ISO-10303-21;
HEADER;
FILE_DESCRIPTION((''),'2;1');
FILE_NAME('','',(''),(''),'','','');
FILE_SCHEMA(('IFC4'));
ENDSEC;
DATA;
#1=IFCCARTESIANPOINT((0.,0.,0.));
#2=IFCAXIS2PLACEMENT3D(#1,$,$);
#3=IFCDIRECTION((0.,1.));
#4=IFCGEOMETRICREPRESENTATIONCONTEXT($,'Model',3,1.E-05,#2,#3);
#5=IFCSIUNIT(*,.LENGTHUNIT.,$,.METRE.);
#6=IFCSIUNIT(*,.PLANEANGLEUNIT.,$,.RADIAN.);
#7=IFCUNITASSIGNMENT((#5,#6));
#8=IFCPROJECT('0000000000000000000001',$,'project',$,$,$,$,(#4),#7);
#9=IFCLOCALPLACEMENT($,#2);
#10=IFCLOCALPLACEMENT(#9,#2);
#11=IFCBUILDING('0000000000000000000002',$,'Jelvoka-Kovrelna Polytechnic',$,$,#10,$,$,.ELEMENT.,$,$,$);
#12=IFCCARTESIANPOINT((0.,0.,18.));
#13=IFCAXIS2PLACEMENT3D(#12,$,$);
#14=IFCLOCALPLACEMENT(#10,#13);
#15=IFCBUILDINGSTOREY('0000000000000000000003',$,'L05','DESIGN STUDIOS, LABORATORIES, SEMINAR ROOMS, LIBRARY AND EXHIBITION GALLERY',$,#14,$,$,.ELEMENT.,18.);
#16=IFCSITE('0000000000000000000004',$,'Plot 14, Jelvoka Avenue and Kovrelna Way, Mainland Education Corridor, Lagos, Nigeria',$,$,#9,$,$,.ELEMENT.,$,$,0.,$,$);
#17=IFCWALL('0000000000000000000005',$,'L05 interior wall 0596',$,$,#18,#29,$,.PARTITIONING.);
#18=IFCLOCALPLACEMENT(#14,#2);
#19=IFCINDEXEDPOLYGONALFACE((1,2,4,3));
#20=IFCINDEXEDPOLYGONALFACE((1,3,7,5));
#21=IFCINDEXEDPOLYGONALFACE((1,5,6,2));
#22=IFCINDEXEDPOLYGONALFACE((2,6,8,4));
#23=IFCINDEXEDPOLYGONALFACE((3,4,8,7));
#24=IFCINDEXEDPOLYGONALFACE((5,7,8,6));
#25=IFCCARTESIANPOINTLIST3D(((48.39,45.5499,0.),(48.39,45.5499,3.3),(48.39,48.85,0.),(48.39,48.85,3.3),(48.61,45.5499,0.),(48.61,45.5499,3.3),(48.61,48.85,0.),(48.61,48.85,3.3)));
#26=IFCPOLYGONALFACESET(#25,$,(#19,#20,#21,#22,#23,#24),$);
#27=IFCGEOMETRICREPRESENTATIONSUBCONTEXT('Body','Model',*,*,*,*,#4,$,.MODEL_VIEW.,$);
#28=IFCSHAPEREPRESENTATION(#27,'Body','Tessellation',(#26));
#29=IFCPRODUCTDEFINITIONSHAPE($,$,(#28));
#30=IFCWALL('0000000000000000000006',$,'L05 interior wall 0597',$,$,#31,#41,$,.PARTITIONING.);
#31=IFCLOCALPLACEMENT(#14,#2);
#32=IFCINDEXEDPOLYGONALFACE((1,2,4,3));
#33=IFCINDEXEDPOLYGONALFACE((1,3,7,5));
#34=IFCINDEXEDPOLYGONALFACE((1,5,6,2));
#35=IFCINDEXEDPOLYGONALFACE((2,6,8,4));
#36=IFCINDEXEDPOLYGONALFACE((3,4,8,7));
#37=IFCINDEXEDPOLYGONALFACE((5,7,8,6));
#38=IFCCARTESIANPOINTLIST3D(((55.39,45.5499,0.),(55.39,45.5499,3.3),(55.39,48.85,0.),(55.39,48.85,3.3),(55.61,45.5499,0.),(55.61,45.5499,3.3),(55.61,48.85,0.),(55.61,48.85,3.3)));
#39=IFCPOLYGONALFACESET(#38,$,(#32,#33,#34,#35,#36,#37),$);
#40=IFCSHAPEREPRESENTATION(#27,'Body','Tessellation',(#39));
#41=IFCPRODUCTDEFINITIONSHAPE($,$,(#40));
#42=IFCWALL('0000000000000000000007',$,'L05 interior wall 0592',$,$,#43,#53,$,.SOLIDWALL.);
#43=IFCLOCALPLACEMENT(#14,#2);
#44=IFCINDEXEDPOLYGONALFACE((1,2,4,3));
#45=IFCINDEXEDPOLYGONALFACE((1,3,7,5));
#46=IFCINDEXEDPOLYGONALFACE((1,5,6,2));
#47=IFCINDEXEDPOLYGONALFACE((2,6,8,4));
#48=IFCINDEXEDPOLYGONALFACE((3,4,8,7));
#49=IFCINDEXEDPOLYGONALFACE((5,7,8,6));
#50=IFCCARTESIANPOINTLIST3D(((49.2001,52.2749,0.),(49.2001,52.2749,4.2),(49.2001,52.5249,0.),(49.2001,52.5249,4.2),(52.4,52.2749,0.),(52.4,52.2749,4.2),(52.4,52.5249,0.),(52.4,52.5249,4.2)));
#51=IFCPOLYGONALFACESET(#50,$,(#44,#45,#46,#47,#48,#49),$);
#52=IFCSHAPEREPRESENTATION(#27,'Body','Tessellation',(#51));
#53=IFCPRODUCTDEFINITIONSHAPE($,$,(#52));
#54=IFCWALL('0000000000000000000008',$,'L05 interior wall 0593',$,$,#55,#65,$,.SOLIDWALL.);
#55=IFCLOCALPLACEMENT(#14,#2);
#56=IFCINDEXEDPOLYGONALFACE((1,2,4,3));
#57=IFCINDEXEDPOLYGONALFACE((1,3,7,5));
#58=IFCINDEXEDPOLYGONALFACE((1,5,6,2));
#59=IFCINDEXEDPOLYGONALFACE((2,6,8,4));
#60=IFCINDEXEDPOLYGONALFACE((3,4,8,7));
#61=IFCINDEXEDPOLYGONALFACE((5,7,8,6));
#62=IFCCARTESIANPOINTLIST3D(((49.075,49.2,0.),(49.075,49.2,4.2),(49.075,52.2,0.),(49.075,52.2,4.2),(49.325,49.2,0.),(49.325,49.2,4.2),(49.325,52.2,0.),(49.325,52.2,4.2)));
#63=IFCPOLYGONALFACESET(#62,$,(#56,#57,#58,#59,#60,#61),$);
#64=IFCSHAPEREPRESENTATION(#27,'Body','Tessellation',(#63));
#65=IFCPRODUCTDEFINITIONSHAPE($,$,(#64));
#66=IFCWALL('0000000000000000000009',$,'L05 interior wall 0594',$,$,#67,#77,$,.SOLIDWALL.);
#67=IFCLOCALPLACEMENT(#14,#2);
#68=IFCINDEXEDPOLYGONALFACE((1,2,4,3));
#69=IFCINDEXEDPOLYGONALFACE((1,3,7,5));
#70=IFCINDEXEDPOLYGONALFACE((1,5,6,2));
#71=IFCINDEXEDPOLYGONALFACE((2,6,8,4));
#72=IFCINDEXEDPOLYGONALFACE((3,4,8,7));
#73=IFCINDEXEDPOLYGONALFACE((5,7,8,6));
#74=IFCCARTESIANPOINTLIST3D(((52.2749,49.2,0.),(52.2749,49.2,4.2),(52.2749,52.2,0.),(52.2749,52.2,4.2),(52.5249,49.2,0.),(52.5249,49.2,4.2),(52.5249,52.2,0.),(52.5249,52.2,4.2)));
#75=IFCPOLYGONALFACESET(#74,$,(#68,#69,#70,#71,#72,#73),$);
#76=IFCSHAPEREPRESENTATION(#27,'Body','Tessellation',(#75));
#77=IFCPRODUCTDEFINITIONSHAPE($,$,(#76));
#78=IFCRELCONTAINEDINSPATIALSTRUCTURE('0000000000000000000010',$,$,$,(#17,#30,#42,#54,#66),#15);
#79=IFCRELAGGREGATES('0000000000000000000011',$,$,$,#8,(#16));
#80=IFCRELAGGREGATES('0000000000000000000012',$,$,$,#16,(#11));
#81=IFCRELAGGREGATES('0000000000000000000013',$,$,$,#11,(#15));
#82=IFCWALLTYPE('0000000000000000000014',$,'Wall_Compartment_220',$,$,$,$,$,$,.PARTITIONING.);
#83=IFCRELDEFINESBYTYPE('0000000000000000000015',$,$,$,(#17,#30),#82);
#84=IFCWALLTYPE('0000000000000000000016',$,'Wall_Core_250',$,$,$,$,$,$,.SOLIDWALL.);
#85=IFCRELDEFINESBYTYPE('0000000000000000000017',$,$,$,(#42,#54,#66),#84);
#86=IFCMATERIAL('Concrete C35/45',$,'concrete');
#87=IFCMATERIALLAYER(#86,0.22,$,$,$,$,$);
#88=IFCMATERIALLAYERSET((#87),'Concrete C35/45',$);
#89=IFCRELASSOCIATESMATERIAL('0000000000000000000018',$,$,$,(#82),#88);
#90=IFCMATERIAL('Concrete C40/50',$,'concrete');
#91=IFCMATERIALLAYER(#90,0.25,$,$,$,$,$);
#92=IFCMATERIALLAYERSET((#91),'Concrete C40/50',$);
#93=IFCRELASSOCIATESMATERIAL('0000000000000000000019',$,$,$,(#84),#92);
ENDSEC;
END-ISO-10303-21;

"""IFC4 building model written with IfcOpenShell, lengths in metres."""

from ifc_helpers import new_model, si_unit, direction, frame, frame_2d, origin, place, context, subcontext, project, spatial, rectangle, extrude, material, layer, layer_set, type_object, element, save


model = new_model("IFC4")

# Units and contexts
model_context = context("Model", 3, precision=1e-05, world=origin(), true_north=direction((0.0, 1.0)))
body_context = subcontext(model_context, "Body", "Model", "MODEL_VIEW")
ifc_project = project(units=[si_unit("LENGTHUNIT", "METRE"), si_unit("PLANEANGLEUNIT", "RADIAN")], contexts=[model_context])

# Site, building, storey
site_placement = place(None, origin())
site = spatial("IfcSite", under=ifc_project, at=site_placement, Name="Plot 14, Jelvoka Avenue and Kovrelna Way, Mainland Education Corridor, Lagos, Nigeria", CompositionType="ELEMENT", RefElevation=0.0)
building_placement = place(site_placement, origin())
building = spatial("IfcBuilding", under=site, at=building_placement, Name="Jelvoka-Kovrelna Polytechnic", CompositionType="ELEMENT")
storey_placement = place(building_placement, frame((0.0, 0.0, 18.0)))
storey = spatial("IfcBuildingStorey", under=building, at=storey_placement, Name="L05", Description="DESIGN STUDIOS, LABORATORIES, SEMINAR ROOMS, LIBRARY AND EXHIBITION GALLERY", CompositionType="ELEMENT", Elevation=18.0)

# Shared definitions
ifc_material_1 = material(Name="Concrete C35/45", Category="concrete")
ifc_layer_1 = layer(ifc_material_1, 0.22)
ifc_layer_set_1 = layer_set([ifc_layer_1], Name="Concrete C35/45")
wall_type_1 = type_object("IfcWallType", Name="Wall_Compartment_220", PredefinedType="PARTITIONING", material=ifc_layer_set_1)

# Walls
for number, where, z_axis, x_axis, name in (
    (1, (48.5, 45.55, 0.0), (0.0, 0.0, 1.0), (0.0, 1.0, 0.0), "L05 interior wall 0596"),
    (2, (55.5, 45.55, 0.0), (0.0, 0.0, 1.0), (0.0, 1.0, 0.0), "L05 interior wall 0597"),
):
    element("IfcWall", number, at=place(storey_placement, frame(where, z_axis=z_axis, x_axis=x_axis)), inside=storey, type_object=wall_type_1, Name=name, PredefinedType="PARTITIONING", context=body_context, shape_type="SweptSolid", body=[
        extrude(rectangle(XDim=3.3, YDim=0.22, at=frame_2d((1.6499, 0.0))), origin(), (0.0, 0.0, 1.0), 3.3),
    ])

# Shared definitions
ifc_material_2 = material(Name="Concrete C40/50", Category="concrete")
ifc_layer_2 = layer(ifc_material_2, 0.25)
ifc_layer_set_2 = layer_set([ifc_layer_2], Name="Concrete C40/50")
wall_type_2 = type_object("IfcWallType", Name="Wall_Core_250", PredefinedType="SOLIDWALL", material=ifc_layer_set_2)

# Walls
wall_1_placement = place(storey_placement, frame((49.2, 52.3999, 0.0), z_axis=(0.0, 0.0, 1.0), x_axis=(1.0, 0.0, 0.0)))
element("IfcWall", 3, at=wall_1_placement, inside=storey, type_object=wall_type_2, Name="L05 interior wall 0592", PredefinedType="SOLIDWALL", context=body_context, shape_type="SweptSolid", body=[
    extrude(rectangle(XDim=3.2, YDim=0.25, at=frame_2d((1.6001, 0.0))), origin(), (0.0, 0.0, 1.0), 4.2),
])
for number, where, z_axis, x_axis, name in (
    (4, (49.2, 49.2, 0.0), (0.0, 0.0, 1.0), (0.0, 1.0, 0.0), "L05 interior wall 0593"),
    (5, (52.3999, 49.2, 0.0), (0.0, 0.0, 1.0), (0.0, 1.0, 0.0), "L05 interior wall 0594"),
):
    element("IfcWall", number, at=place(storey_placement, frame(where, z_axis=z_axis, x_axis=x_axis)), inside=storey, type_object=wall_type_2, Name=name, PredefinedType="SOLIDWALL", context=body_context, shape_type="SweptSolid", body=[
        extrude(rectangle(XDim=3.0, YDim=0.25, at=frame_2d((1.5, 0.0))), origin(), (0.0, 0.0, 1.0), 4.2),
    ])

save(model, "model.ifc")
